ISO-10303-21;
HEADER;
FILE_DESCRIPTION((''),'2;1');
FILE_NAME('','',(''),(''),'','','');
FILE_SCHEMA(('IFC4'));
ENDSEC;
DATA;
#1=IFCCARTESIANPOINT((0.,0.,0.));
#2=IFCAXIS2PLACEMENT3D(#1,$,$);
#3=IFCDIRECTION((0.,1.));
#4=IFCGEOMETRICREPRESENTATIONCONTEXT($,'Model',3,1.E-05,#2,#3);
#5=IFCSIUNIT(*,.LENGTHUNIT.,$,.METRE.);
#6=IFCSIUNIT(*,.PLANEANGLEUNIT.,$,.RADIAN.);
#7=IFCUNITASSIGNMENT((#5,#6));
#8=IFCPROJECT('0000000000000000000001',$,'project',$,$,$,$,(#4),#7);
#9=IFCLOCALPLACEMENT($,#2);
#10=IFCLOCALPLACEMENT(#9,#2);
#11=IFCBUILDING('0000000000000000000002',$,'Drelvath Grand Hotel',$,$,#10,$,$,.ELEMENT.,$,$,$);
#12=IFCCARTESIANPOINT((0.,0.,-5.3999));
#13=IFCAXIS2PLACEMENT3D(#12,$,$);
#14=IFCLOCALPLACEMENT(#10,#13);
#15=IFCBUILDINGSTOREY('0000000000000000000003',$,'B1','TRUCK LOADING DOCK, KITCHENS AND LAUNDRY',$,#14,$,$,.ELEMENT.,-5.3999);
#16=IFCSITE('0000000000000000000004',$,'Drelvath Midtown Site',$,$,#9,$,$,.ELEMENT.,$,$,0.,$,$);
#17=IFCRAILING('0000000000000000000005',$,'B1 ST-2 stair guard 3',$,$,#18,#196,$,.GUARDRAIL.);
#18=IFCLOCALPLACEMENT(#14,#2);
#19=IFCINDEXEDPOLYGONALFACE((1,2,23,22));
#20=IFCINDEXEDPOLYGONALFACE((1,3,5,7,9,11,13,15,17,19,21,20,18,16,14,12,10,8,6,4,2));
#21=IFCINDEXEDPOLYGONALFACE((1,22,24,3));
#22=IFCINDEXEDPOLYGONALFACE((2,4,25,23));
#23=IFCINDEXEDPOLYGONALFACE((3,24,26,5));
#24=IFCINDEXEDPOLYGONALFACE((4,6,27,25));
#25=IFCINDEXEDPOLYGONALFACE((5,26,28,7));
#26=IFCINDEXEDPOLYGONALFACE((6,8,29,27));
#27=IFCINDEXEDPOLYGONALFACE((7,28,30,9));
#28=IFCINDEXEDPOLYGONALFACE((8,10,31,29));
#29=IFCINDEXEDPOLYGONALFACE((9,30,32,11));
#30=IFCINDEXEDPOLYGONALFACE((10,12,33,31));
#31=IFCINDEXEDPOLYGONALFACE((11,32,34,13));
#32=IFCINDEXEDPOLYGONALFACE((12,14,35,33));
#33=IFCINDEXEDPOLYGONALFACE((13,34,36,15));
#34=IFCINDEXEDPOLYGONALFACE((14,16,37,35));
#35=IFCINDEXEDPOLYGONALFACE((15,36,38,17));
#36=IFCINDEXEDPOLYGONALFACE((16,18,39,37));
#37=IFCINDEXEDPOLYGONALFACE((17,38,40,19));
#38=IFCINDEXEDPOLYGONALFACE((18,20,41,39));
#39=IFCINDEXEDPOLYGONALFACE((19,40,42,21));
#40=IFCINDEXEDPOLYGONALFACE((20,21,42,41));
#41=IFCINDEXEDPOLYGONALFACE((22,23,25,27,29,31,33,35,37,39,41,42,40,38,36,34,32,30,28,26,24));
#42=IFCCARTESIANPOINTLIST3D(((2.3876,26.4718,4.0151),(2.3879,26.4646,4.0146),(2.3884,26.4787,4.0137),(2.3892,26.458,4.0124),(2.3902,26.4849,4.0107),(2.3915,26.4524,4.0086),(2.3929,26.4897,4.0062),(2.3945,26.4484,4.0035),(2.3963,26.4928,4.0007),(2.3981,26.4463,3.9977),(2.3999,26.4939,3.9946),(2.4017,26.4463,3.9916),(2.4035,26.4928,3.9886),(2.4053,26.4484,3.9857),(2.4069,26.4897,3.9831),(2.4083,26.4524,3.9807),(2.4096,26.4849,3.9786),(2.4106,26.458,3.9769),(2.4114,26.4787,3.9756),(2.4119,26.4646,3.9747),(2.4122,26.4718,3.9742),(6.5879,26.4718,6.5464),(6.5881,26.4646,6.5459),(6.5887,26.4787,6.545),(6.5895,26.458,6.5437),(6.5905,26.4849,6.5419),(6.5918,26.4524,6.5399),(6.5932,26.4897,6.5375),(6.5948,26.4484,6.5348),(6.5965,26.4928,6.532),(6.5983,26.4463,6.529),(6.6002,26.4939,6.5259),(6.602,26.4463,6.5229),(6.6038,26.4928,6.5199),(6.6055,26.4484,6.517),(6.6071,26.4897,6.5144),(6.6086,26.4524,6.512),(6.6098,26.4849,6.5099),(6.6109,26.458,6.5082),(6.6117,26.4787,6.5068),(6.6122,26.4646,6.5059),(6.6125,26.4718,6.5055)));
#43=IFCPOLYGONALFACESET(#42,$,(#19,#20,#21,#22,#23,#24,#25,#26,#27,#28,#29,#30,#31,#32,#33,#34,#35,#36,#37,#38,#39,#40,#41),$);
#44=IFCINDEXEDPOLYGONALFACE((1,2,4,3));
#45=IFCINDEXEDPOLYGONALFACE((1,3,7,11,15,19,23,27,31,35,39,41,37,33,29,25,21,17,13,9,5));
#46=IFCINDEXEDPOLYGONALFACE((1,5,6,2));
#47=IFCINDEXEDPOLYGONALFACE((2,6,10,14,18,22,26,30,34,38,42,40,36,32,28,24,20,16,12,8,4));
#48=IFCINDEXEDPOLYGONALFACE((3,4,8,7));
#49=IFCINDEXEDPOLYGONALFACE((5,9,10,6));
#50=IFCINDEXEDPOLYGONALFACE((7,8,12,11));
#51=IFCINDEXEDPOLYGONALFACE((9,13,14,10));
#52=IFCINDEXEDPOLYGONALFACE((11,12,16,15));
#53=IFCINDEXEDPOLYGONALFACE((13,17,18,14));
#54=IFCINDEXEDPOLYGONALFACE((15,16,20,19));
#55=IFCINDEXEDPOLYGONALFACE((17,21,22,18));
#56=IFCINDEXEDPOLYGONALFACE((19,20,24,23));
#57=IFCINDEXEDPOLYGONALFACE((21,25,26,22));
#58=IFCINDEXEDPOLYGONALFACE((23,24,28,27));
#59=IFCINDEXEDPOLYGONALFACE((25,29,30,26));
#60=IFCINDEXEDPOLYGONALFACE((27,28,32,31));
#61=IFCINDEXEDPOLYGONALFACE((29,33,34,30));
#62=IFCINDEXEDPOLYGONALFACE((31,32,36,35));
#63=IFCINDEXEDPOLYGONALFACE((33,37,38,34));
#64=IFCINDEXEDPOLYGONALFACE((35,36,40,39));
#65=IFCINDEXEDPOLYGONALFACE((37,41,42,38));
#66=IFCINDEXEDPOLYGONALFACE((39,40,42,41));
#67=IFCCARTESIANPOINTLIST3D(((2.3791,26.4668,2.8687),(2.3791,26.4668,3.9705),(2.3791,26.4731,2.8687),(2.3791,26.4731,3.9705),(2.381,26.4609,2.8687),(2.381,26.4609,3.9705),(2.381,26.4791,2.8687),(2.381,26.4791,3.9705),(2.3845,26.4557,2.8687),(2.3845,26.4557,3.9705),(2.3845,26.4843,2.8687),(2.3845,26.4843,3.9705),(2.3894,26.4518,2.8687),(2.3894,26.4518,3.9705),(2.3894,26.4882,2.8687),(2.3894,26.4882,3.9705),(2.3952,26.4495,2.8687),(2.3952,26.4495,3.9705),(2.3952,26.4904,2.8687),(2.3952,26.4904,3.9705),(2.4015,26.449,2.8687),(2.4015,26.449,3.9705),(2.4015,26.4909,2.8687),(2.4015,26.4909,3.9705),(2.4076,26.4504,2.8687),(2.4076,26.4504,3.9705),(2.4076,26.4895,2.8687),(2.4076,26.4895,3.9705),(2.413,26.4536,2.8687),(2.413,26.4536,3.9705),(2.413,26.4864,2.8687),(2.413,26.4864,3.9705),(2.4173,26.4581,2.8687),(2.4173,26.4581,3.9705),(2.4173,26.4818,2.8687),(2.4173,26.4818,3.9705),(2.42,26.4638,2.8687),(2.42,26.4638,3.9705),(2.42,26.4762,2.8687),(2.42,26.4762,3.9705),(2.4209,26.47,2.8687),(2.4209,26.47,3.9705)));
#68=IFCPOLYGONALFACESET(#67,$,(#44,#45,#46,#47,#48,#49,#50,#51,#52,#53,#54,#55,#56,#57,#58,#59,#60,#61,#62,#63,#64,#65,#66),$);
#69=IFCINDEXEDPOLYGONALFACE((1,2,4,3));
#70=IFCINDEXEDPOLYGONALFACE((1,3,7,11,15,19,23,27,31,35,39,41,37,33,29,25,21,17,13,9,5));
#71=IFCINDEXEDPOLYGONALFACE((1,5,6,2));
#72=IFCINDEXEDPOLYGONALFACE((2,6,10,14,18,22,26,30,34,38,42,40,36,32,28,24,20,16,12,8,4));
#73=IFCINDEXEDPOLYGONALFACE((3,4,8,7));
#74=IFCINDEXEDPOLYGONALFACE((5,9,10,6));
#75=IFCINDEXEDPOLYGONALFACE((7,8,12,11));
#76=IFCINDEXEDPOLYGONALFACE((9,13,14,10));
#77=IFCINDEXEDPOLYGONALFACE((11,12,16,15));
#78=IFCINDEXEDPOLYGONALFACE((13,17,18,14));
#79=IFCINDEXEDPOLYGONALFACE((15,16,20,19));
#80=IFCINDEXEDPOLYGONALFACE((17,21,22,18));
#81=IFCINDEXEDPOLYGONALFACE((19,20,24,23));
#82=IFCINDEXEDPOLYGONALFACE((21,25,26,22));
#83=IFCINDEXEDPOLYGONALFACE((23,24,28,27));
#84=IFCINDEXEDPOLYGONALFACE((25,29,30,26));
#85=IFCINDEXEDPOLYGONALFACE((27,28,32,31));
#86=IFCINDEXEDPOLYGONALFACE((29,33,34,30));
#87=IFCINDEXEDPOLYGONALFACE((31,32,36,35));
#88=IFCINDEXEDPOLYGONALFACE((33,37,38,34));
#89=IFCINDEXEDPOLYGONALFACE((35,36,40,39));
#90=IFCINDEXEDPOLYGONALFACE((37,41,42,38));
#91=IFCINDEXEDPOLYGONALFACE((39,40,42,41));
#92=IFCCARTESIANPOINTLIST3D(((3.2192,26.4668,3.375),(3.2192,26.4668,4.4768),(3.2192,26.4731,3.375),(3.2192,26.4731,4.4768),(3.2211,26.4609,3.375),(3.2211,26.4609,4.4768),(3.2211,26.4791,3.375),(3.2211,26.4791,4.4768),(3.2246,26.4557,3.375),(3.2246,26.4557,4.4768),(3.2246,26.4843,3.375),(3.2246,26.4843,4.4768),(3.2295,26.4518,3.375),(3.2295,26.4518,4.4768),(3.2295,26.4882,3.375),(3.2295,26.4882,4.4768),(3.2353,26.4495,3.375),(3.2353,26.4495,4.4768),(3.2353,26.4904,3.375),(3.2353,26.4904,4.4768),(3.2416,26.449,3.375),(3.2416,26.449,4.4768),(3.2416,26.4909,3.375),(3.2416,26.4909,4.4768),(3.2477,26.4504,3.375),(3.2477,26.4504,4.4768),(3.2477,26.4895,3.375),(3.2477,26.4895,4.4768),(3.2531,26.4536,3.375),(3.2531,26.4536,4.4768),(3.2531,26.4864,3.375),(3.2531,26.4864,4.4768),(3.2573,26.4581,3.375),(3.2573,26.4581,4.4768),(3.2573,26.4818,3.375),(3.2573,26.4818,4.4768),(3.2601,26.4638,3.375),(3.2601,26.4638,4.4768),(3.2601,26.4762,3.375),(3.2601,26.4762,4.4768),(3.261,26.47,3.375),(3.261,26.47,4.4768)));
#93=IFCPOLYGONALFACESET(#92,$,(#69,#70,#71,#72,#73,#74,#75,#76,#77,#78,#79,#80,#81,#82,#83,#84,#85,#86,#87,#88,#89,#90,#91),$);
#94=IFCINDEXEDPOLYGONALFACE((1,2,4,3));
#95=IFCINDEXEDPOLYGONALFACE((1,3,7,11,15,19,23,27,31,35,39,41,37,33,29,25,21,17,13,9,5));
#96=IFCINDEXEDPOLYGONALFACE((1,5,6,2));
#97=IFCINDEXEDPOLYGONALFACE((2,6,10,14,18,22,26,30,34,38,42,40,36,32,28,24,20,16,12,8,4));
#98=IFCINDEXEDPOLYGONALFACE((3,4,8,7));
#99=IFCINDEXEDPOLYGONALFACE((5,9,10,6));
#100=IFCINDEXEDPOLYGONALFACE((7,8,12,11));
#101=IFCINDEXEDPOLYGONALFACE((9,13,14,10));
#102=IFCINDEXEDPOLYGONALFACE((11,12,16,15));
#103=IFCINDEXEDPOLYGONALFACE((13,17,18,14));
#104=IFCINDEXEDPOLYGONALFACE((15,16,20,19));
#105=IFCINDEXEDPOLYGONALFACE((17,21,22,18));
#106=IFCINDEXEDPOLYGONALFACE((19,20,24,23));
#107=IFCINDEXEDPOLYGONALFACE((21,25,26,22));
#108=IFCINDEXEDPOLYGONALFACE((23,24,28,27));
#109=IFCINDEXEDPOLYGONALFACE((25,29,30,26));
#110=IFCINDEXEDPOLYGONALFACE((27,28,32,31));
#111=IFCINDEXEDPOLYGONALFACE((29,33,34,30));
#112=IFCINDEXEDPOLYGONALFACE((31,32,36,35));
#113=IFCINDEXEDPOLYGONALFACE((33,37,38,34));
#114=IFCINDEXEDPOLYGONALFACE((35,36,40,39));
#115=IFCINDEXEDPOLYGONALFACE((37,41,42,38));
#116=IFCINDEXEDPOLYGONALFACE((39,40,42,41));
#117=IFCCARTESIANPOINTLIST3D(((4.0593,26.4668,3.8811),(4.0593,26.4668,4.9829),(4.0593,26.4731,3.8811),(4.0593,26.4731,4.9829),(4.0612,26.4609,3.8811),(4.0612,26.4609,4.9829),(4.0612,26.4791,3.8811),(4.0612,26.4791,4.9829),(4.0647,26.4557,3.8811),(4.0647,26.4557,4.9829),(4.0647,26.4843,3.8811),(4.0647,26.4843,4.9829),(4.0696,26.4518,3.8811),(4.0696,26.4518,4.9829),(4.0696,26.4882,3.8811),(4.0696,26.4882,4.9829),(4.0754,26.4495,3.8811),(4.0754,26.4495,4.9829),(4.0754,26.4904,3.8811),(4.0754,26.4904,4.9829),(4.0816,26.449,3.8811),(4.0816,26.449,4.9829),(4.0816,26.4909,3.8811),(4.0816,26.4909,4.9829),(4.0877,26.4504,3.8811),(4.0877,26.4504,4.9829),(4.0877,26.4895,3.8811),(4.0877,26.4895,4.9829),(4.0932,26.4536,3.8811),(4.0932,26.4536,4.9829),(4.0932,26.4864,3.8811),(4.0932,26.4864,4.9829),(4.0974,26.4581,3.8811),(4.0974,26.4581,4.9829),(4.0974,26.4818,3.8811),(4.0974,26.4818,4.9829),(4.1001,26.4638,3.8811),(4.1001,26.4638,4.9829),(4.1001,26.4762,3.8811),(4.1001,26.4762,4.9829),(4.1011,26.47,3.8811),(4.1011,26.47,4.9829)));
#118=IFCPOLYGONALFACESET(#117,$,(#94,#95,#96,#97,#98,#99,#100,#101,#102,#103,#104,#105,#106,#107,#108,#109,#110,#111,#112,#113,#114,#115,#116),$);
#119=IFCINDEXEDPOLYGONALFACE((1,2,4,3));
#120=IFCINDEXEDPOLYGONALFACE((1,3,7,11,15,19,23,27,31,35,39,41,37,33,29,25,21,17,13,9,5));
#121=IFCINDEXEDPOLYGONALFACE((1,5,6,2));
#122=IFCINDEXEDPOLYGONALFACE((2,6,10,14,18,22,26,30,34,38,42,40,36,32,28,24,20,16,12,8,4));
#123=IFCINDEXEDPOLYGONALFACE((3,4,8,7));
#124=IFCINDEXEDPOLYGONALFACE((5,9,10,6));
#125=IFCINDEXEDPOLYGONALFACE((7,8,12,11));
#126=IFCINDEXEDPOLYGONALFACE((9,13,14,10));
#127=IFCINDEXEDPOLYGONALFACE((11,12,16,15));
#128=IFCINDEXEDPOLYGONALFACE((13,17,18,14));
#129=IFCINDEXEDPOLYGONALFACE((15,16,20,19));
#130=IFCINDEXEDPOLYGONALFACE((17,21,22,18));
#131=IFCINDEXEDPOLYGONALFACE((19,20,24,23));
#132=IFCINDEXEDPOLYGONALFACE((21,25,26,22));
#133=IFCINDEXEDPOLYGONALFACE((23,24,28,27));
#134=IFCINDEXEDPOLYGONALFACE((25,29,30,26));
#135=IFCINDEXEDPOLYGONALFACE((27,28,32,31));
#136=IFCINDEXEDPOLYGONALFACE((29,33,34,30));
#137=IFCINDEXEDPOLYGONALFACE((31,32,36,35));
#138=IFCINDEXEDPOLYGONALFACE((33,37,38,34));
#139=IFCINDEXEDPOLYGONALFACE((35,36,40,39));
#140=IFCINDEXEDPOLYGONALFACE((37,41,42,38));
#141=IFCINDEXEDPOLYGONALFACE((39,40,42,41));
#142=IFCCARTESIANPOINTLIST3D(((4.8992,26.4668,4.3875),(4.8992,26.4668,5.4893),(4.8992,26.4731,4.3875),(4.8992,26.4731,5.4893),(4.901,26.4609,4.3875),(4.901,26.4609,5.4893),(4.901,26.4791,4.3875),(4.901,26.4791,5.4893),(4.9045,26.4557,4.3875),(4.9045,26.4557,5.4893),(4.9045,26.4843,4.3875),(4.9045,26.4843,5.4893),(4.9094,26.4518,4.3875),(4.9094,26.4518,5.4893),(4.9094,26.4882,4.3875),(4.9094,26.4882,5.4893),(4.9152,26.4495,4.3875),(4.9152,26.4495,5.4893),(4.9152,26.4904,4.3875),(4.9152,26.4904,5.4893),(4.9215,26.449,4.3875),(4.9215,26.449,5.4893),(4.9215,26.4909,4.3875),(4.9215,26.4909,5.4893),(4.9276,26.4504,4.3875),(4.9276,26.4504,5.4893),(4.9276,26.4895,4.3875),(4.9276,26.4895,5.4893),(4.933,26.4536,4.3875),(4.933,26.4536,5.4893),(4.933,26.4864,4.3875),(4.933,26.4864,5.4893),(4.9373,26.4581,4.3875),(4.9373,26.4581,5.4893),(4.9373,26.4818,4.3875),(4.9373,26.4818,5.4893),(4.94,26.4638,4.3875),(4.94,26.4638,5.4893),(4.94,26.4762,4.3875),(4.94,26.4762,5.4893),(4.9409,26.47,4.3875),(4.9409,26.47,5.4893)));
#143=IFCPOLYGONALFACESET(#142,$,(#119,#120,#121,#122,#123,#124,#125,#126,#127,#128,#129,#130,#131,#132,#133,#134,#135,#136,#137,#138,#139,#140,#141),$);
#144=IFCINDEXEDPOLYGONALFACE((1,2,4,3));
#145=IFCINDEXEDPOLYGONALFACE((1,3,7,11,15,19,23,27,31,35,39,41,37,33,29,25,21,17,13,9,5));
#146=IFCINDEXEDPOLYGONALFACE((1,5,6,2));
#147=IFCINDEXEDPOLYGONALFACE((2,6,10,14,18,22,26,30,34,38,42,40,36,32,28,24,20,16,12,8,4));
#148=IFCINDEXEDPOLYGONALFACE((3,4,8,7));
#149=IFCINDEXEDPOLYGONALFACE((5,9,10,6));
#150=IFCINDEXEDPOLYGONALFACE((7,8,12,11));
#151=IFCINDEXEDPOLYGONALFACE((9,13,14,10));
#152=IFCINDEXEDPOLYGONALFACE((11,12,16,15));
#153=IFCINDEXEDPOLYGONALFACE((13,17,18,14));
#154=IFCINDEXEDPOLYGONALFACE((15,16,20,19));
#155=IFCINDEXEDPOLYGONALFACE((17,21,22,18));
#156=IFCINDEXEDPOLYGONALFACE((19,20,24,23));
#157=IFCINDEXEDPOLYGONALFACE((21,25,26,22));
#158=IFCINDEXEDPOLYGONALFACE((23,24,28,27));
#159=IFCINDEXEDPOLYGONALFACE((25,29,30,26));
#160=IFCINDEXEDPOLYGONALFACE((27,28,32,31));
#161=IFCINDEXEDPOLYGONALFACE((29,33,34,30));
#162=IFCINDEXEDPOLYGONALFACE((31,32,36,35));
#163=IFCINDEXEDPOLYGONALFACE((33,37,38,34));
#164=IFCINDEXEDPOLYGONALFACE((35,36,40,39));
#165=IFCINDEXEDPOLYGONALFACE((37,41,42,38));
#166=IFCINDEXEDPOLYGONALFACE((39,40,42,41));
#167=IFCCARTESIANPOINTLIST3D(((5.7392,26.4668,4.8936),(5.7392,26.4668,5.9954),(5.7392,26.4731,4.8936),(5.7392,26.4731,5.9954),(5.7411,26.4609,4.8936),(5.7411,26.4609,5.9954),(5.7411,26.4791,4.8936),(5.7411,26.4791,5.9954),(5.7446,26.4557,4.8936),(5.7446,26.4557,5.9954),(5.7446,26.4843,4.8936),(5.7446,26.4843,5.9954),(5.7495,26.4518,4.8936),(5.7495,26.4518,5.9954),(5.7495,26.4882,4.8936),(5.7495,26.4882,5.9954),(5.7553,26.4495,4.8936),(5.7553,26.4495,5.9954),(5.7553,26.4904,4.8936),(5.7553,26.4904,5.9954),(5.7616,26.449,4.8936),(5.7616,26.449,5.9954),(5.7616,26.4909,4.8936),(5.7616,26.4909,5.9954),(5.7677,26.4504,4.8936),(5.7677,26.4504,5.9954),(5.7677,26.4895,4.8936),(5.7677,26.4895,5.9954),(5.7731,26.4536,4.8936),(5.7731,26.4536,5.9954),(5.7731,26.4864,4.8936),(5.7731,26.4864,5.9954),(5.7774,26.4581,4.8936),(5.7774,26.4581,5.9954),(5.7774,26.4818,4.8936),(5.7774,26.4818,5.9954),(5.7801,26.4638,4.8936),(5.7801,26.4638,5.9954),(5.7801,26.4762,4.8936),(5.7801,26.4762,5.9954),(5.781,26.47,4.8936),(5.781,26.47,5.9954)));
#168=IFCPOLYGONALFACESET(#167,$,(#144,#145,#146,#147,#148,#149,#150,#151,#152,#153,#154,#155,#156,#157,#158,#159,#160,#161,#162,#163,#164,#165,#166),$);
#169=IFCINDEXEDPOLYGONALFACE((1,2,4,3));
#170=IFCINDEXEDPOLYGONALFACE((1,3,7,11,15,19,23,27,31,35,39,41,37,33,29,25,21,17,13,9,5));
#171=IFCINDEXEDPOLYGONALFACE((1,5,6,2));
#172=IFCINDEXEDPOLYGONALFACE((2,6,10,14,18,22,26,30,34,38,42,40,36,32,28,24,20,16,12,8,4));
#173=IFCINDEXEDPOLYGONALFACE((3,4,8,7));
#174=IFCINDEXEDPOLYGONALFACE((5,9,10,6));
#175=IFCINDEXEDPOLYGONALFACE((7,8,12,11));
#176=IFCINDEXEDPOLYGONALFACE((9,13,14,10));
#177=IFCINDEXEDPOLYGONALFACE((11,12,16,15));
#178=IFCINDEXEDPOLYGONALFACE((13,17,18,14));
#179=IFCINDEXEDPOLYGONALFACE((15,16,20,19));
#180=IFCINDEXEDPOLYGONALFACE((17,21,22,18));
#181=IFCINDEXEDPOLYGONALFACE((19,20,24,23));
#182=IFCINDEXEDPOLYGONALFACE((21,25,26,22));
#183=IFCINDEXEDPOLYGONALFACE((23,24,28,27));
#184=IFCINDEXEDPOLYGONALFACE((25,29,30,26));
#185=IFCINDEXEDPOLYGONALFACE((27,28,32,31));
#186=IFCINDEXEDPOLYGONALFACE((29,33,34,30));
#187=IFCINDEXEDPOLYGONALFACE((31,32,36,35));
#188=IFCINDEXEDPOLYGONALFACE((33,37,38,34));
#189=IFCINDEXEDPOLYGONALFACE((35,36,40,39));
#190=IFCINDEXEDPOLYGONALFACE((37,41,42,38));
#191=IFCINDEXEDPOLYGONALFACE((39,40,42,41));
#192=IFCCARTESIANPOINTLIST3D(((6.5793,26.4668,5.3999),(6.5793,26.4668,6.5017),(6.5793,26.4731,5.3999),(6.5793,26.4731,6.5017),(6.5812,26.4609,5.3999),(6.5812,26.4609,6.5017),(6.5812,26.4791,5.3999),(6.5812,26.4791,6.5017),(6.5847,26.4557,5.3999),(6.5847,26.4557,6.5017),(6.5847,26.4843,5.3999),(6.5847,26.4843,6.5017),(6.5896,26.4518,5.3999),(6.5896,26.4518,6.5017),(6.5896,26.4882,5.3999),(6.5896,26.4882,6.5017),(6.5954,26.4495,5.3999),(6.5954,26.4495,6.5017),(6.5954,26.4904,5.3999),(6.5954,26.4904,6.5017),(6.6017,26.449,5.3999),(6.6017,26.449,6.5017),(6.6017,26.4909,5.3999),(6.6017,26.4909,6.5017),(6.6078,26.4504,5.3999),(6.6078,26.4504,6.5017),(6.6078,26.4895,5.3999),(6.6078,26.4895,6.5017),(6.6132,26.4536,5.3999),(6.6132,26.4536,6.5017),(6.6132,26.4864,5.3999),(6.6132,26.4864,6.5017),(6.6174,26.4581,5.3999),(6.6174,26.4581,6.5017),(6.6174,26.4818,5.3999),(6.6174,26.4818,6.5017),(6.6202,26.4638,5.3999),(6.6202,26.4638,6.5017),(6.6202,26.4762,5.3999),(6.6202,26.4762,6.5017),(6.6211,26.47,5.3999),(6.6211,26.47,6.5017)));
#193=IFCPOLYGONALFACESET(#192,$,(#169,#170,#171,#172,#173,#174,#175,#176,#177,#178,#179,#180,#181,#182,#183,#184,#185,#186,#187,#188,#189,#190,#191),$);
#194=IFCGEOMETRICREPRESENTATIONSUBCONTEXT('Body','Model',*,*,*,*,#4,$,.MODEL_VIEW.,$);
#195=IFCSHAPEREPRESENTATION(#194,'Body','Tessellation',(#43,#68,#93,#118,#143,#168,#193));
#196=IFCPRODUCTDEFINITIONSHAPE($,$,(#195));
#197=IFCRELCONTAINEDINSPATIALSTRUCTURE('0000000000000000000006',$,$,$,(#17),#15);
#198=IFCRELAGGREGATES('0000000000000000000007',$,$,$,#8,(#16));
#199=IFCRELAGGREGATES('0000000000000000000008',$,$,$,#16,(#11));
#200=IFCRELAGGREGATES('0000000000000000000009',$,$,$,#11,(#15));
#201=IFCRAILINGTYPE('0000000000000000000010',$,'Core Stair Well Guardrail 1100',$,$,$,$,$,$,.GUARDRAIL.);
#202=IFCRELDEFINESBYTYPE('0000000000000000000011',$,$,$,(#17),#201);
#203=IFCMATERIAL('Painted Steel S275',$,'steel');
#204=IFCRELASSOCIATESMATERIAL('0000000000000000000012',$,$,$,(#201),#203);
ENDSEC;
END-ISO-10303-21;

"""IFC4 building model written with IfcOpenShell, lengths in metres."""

from ifc_helpers import new_model, si_unit, direction, frame, origin, origin_2d, place, context, subcontext, project, spatial, circle, extrude, material, type_object, element, save


model = new_model("IFC4")

# Units and contexts
model_context = context("Model", 3, precision=1e-05, world=origin(), true_north=direction((0.0, 1.0)))
body_context = subcontext(model_context, "Body", "Model", "MODEL_VIEW")
ifc_project = project(units=[si_unit("LENGTHUNIT", "METRE"), si_unit("PLANEANGLEUNIT", "RADIAN")], contexts=[model_context])

# Site, building, storey
site_placement = place(None, origin())
site = spatial("IfcSite", under=ifc_project, at=site_placement, Name="Drelvath Midtown Site", CompositionType="ELEMENT", RefElevation=0.0)
building_placement = place(site_placement, origin())
building = spatial("IfcBuilding", under=site, at=building_placement, Name="Drelvath Grand Hotel", CompositionType="ELEMENT")
storey_placement = place(building_placement, frame((0.0, 0.0, -5.3999)))
storey = spatial("IfcBuildingStorey", under=building, at=storey_placement, Name="B1", Description="TRUCK LOADING DOCK, KITCHENS AND LAUNDRY", CompositionType="ELEMENT", Elevation=-5.3999)

# Railing
ifc_material_1 = material(Name="Painted Steel S275", Category="steel")
railing_type_1 = type_object("IfcRailingType", Name="Core Stair Well Guardrail 1100", PredefinedType="GUARDRAIL", material=ifc_material_1)
railing_1_placement = place(storey_placement, frame((2.3999, 26.47, 2.8687)))
element("IfcRailing", 1, at=railing_1_placement, inside=storey, type_object=railing_type_1, Name="B1 ST-2 stair guard 3", PredefinedType="GUARDRAIL", context=body_context, shape_type="SweptSolid", body=[
    extrude(circle(Radius=0.0239, at=origin_2d()), frame((0.0, 0.0, 1.126), z_axis=(0.85649, 0.0, 0.516164), x_axis=(0.0, 1.0, 0.0)), (0.0, 0.0, 1.0), 4.9041),
    extrude(circle(Radius=0.021, at=origin_2d()), origin(), (0.0, 0.0, 1.0), 1.1018),
    extrude(circle(Radius=0.021, at=origin_2d()), frame((0.8401, 0.0, 0.5063)), (0.0, 0.0, 1.0), 1.1018),
    extrude(circle(Radius=0.021, at=origin_2d()), frame((1.6802, 0.0, 1.0125)), (0.0, 0.0, 1.0), 1.1018),
    extrude(circle(Radius=0.021, at=origin_2d()), frame((2.52, 0.0, 1.5188)), (0.0, 0.0, 1.0), 1.1018),
    extrude(circle(Radius=0.021, at=origin_2d()), frame((3.3601, 0.0, 2.0249)), (0.0, 0.0, 1.0), 1.1018),
    extrude(circle(Radius=0.021, at=origin_2d()), frame((4.2002, 0.0, 2.5312)), (0.0, 0.0, 1.0), 1.1018),
])

save(model, "model.ifc")
